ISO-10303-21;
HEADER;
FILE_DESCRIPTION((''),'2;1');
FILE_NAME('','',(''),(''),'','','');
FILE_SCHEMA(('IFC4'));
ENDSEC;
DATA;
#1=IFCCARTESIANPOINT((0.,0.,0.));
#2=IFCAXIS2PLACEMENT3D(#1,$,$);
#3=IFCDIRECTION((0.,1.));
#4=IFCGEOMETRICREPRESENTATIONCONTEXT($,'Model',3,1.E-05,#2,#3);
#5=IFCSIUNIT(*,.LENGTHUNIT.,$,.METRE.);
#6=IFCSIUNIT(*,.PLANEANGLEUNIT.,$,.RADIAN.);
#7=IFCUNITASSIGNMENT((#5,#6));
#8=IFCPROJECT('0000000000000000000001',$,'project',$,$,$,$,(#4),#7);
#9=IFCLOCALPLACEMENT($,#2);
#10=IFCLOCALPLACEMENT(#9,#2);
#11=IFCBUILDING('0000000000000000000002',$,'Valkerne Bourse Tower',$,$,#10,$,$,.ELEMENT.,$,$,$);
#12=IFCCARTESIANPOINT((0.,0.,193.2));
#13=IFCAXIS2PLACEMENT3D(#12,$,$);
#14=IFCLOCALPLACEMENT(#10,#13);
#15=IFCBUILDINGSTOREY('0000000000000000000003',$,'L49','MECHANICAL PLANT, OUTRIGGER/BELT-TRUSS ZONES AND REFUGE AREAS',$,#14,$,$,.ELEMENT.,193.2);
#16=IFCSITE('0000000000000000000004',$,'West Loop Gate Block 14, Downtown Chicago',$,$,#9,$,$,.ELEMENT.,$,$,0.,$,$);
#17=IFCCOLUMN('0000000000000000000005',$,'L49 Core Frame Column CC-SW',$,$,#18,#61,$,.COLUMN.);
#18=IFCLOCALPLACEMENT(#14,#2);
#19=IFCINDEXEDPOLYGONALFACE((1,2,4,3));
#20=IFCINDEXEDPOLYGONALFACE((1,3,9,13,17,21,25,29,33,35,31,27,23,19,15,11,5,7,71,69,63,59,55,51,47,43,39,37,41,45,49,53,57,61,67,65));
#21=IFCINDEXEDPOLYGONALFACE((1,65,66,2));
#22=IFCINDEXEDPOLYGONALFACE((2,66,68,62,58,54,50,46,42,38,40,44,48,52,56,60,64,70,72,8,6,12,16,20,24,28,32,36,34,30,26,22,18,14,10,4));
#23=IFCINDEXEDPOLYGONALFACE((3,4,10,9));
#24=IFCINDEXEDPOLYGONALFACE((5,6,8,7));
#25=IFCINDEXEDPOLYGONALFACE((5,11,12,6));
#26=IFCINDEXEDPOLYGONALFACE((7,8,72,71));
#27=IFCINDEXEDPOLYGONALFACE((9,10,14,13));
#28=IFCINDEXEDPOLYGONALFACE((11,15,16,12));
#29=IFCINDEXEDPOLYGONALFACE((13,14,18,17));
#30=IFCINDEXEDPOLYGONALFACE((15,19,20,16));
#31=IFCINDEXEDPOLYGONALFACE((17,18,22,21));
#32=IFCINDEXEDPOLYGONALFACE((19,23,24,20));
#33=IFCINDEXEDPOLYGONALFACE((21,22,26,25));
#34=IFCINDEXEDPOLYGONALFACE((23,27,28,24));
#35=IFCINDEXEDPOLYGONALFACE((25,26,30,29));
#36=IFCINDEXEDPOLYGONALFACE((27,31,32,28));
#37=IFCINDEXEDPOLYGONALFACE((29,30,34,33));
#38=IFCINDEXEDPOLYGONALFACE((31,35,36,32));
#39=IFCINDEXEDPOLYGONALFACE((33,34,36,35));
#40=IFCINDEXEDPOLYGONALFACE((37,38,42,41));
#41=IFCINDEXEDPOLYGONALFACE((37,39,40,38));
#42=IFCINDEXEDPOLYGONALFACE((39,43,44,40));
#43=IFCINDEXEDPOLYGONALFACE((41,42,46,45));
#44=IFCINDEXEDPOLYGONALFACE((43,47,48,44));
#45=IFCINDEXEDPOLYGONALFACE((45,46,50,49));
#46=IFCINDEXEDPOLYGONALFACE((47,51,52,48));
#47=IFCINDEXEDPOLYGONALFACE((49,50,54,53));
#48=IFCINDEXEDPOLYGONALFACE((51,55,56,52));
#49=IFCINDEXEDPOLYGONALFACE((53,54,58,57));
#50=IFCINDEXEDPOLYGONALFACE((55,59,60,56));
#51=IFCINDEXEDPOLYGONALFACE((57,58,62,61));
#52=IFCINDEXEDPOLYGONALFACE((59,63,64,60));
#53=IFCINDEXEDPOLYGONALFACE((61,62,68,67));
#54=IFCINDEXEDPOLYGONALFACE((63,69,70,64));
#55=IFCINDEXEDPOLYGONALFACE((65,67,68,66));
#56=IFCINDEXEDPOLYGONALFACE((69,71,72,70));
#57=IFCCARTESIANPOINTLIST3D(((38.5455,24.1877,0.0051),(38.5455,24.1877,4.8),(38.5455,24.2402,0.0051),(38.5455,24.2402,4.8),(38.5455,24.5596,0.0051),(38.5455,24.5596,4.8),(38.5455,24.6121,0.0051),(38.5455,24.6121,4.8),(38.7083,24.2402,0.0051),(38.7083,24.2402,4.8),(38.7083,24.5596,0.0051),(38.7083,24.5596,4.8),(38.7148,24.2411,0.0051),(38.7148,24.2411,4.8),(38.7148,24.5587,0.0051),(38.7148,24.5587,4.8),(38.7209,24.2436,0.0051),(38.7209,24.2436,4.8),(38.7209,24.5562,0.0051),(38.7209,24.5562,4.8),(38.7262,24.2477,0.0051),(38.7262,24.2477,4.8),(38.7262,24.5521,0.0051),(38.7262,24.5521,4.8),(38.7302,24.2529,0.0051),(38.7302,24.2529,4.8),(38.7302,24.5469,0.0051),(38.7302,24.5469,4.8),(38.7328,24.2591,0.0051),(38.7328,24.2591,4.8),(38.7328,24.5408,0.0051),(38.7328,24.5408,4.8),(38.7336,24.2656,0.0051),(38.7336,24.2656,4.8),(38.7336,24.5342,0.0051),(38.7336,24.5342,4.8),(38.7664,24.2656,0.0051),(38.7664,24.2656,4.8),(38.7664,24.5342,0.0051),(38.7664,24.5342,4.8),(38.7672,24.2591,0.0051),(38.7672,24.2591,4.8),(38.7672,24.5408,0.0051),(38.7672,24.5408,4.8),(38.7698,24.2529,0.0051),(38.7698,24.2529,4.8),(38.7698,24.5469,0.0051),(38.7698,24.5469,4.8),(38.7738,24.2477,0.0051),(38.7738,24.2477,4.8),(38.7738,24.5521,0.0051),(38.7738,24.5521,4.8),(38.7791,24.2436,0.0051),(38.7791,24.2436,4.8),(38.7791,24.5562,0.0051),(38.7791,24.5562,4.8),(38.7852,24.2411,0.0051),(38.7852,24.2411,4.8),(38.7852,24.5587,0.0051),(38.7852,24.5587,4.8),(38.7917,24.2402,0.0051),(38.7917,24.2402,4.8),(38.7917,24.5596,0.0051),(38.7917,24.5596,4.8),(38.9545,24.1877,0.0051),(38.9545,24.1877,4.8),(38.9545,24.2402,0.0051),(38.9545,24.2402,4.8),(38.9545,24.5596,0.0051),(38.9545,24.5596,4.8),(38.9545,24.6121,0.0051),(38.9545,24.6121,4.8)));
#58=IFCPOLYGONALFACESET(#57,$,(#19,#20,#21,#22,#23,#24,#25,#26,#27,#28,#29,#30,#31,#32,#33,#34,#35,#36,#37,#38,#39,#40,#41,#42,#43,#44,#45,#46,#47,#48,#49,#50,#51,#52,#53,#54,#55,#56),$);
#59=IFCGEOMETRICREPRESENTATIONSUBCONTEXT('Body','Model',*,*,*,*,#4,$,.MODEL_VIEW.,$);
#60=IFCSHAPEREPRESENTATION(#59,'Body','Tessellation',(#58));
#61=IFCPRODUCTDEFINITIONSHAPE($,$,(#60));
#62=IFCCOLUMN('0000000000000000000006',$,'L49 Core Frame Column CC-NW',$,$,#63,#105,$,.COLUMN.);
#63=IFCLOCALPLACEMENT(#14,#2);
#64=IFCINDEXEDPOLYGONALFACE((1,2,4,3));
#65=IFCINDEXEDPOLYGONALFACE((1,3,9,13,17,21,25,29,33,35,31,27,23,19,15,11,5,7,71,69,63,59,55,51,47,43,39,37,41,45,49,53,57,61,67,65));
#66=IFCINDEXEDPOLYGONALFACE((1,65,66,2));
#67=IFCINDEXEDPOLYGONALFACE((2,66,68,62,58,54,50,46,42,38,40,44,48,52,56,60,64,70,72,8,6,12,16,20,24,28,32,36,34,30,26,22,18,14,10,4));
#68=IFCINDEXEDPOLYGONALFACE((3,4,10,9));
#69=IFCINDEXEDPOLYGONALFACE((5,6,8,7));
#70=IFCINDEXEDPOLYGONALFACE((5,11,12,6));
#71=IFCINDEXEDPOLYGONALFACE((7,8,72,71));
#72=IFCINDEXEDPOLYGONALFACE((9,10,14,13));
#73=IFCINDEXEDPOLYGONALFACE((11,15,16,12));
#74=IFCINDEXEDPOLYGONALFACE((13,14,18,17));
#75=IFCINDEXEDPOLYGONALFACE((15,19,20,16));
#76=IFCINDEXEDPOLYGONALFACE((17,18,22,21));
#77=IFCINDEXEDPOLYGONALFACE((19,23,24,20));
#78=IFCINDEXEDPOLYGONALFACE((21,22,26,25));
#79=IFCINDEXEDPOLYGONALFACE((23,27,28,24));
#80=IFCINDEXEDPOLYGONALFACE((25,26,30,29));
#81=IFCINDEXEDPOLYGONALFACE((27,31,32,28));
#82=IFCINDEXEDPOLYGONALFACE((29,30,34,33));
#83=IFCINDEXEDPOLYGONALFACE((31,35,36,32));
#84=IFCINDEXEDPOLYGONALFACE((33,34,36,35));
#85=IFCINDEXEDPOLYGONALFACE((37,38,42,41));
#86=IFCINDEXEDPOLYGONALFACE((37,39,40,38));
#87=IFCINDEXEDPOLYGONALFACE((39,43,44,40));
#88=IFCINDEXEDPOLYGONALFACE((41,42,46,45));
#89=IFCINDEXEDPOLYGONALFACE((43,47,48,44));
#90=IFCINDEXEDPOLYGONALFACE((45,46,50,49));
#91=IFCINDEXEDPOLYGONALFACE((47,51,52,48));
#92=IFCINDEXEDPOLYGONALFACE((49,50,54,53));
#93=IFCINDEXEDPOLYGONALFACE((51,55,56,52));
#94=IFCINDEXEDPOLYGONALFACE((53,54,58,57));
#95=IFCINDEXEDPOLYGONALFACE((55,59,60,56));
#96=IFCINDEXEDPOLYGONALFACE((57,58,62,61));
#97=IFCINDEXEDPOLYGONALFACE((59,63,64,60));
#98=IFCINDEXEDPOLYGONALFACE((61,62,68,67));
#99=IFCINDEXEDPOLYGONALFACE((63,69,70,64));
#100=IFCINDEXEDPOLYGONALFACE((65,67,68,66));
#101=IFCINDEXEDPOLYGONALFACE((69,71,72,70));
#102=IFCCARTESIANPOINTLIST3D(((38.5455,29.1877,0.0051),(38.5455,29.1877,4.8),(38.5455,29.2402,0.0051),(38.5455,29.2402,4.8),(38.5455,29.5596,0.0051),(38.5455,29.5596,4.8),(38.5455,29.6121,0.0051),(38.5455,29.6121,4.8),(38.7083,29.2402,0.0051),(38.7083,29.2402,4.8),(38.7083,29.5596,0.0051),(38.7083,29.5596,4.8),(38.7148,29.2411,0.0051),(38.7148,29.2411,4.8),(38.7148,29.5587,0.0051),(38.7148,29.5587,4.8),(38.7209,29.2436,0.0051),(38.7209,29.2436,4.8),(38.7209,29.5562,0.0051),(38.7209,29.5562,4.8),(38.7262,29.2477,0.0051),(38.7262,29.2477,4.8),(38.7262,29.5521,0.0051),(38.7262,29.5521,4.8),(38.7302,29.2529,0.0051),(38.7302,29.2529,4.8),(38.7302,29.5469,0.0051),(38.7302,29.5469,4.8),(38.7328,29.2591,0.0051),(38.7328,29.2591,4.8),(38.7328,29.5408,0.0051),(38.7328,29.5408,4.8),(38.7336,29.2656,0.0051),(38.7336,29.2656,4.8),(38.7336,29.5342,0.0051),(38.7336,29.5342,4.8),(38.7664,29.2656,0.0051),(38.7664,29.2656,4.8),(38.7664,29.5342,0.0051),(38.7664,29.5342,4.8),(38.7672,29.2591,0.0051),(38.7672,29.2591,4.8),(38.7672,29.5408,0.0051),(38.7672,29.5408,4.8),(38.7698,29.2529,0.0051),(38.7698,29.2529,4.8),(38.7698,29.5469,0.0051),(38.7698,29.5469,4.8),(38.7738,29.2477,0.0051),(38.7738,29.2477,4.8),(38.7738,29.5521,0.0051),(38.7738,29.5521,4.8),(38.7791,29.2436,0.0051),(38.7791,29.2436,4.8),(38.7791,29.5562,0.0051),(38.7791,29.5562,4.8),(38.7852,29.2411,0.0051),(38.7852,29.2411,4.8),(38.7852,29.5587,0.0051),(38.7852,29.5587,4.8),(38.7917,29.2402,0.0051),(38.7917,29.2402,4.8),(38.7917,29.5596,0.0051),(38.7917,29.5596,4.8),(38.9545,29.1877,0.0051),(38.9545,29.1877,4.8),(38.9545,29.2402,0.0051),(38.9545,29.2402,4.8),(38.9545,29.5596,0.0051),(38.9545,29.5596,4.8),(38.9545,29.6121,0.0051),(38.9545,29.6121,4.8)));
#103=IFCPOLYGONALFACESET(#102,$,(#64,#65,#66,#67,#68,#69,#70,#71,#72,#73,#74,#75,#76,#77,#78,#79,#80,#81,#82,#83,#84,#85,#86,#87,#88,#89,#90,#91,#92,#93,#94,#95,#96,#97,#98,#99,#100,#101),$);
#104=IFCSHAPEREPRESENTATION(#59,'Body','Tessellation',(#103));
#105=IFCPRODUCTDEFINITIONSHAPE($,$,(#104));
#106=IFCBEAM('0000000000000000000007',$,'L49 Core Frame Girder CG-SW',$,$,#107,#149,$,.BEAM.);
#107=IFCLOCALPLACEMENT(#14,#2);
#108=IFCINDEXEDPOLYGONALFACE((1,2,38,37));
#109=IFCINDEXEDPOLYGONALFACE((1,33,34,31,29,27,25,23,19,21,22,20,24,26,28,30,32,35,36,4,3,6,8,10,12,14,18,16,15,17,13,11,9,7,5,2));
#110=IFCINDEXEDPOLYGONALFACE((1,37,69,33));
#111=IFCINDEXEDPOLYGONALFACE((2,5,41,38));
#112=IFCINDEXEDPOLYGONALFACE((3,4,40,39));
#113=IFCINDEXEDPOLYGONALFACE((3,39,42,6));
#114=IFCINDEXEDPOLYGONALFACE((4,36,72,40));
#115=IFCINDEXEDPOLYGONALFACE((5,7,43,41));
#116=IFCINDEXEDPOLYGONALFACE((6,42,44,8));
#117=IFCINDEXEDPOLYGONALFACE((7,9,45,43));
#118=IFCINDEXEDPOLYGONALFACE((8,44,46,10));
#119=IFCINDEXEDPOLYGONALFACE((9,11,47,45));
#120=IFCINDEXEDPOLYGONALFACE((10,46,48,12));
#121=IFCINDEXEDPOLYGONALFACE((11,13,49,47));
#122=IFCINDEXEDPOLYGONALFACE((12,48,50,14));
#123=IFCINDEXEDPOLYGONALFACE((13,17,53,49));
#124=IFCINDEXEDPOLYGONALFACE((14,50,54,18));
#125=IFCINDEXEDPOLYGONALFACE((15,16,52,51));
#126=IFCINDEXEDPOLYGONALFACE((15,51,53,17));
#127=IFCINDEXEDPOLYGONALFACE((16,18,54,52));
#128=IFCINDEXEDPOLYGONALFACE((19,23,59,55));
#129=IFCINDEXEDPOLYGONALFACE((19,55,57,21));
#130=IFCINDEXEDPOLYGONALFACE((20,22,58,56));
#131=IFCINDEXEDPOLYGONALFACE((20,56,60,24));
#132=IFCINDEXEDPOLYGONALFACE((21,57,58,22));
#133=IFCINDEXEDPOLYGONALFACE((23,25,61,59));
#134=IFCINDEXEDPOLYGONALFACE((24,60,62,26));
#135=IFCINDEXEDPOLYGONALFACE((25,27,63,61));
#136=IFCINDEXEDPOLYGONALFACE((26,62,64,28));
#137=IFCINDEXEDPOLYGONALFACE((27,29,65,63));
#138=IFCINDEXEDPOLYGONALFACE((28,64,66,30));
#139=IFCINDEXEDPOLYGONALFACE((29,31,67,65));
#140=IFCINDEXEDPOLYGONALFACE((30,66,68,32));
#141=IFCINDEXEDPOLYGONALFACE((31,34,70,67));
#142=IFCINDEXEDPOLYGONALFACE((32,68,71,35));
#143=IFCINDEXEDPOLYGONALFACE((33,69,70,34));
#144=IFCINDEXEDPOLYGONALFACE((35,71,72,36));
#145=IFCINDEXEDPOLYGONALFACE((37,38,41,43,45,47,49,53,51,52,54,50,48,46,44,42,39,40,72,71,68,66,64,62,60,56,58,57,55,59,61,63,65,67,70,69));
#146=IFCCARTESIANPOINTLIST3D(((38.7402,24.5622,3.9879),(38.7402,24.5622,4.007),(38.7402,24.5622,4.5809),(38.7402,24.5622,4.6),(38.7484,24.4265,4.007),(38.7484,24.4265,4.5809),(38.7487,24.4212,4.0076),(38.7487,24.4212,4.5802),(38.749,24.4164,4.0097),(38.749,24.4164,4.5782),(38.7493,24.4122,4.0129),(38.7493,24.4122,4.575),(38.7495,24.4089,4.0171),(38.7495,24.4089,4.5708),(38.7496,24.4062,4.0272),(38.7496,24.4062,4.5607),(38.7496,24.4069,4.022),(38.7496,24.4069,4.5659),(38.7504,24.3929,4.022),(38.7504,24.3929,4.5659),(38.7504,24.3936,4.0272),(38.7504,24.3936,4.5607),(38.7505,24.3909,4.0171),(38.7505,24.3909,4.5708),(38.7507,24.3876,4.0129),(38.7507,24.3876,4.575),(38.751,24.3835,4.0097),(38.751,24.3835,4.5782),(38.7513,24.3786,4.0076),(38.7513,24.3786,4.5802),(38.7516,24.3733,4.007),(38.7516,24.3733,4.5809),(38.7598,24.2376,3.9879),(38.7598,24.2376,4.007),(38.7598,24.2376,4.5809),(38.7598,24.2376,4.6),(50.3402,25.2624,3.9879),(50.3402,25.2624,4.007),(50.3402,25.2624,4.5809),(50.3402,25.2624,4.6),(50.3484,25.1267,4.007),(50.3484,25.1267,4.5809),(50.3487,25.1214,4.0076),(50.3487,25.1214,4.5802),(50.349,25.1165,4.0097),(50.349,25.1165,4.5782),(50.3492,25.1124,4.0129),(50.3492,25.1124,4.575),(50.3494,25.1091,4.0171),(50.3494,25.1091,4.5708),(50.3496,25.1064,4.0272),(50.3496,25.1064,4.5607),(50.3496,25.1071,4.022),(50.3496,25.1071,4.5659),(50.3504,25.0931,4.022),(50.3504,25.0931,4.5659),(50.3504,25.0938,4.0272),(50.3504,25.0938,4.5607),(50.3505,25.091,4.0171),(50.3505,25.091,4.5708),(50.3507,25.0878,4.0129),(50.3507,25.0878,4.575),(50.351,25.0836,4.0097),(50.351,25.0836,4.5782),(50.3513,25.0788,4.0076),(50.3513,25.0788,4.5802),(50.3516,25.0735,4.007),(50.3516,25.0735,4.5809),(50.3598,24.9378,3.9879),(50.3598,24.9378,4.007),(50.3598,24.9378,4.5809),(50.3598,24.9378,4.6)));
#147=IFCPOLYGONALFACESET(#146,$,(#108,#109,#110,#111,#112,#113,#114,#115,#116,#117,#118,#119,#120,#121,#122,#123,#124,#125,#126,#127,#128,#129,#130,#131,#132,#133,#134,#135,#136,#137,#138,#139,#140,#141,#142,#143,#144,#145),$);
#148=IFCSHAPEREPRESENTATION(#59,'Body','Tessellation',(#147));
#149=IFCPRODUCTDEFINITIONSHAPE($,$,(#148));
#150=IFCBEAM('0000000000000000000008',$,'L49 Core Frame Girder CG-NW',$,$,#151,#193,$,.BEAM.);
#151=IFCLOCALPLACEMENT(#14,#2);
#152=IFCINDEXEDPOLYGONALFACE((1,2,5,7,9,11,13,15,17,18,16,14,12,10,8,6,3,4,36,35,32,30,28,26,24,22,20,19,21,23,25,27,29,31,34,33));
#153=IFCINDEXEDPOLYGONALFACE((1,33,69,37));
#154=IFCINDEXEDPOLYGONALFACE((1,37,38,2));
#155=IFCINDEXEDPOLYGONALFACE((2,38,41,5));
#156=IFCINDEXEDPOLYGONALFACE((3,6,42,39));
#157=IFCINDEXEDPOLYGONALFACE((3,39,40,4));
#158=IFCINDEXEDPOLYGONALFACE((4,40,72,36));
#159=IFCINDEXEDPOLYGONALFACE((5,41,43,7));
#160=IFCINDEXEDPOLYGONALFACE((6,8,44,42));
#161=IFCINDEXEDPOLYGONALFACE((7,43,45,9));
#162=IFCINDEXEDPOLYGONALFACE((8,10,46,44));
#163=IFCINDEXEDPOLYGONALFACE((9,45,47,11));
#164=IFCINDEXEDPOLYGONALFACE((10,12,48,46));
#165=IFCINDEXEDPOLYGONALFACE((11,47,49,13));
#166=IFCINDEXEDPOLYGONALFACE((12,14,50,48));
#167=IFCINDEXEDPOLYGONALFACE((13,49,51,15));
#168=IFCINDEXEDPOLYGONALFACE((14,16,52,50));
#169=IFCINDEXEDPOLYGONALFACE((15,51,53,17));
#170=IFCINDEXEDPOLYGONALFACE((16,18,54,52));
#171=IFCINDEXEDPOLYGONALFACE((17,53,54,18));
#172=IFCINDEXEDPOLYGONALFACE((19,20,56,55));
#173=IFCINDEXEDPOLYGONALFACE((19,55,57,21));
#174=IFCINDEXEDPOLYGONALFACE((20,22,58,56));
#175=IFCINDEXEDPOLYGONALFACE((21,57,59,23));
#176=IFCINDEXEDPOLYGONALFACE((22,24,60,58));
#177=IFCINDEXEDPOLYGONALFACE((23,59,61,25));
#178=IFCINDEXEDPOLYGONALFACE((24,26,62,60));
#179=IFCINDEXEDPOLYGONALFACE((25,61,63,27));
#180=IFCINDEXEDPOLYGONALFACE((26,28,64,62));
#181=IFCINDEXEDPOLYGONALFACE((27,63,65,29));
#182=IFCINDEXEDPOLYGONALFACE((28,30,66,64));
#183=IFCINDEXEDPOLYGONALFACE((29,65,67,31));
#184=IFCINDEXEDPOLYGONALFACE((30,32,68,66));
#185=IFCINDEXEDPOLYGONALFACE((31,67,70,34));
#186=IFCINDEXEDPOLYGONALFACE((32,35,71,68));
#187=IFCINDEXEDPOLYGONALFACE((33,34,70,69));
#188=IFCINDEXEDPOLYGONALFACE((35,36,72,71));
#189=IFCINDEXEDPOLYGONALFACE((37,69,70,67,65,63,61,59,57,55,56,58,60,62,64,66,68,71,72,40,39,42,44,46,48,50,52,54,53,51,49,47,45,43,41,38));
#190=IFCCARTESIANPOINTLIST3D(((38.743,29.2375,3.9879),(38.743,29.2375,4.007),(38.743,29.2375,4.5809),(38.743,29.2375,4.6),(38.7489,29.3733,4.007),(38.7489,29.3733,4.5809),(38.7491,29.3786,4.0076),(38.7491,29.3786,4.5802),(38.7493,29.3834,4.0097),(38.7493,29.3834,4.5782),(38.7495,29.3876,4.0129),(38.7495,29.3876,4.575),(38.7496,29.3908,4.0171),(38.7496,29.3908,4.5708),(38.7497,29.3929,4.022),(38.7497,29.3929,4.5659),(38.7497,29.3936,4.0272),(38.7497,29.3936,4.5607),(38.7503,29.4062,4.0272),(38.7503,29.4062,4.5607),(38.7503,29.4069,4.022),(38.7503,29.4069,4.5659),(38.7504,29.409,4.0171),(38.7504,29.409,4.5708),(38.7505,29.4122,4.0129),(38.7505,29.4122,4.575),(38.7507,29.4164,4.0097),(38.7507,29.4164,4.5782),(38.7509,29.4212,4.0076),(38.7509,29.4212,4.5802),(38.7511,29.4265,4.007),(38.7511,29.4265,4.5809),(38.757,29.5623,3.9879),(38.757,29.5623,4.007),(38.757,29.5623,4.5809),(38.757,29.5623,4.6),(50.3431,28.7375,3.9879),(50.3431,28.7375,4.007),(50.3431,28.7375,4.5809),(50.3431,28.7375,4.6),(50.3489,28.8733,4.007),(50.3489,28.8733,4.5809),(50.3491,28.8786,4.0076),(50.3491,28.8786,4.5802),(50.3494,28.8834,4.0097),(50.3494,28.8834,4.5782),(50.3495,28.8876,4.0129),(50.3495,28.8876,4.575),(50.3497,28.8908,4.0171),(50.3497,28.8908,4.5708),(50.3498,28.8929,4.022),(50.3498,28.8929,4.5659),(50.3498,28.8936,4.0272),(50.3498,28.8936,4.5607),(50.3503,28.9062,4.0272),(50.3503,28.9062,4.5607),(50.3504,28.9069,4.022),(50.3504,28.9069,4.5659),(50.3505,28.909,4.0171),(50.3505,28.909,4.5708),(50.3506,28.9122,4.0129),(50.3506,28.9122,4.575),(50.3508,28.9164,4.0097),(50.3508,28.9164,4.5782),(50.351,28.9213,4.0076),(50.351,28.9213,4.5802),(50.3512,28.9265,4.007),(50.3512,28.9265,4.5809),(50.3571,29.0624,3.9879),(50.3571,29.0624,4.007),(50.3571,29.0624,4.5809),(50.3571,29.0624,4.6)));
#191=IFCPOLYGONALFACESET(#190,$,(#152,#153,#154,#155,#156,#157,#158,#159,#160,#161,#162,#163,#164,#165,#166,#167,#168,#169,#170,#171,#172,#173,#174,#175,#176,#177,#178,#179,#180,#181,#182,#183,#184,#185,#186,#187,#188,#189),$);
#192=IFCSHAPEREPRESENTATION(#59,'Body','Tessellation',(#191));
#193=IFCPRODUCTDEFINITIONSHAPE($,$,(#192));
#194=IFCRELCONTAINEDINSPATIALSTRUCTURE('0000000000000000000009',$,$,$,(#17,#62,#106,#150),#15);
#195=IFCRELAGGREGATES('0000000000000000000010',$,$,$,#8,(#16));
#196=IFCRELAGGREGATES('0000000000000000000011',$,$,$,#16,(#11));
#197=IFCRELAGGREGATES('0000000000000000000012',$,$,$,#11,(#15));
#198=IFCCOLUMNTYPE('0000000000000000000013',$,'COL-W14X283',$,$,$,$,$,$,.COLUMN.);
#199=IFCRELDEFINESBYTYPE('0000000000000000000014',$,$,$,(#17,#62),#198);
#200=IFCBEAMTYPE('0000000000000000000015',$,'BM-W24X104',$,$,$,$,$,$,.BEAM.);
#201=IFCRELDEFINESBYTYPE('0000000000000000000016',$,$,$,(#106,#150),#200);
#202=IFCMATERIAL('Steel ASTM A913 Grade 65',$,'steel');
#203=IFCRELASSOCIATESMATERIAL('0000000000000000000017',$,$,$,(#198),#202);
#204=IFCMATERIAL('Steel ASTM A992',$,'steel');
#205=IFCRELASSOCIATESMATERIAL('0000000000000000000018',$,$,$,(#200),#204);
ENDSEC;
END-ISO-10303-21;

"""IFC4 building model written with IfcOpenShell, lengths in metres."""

from ifc_helpers import new_model, si_unit, direction, frame, origin, origin_2d, place, context, subcontext, project, spatial, i_section, extrude, material, material_profile, profile_set, type_object, element, save


model = new_model("IFC4")

# Units and contexts
model_context = context("Model", 3, precision=1e-05, world=origin(), true_north=direction((0.0, 1.0)))
body_context = subcontext(model_context, "Body", "Model", "MODEL_VIEW")
ifc_project = project(units=[si_unit("LENGTHUNIT", "METRE"), si_unit("PLANEANGLEUNIT", "RADIAN")], contexts=[model_context])

# Site, building, storey
site_placement = place(None, origin())
site = spatial("IfcSite", under=ifc_project, at=site_placement, Name="West Loop Gate Block 14, Downtown Chicago", CompositionType="ELEMENT", RefElevation=0.0)
building_placement = place(site_placement, origin())
building = spatial("IfcBuilding", under=site, at=building_placement, Name="Valkerne Bourse Tower", CompositionType="ELEMENT")
storey_placement = place(building_placement, frame((0.0, 0.0, 193.2)))
storey = spatial("IfcBuildingStorey", under=building, at=storey_placement, Name="L49", Description="MECHANICAL PLANT, OUTRIGGER/BELT-TRUSS ZONES AND REFUGE AREAS", CompositionType="ELEMENT", Elevation=193.2)

# Columns
ifc_material_1 = material(Name="Steel ASTM A913 Grade 65", Category="steel")
ifc_material_profile_1 = material_profile(ifc_material_1, i_section(OverallWidth=0.4089, OverallDepth=0.4243, WebThickness=0.0327, FlangeThickness=0.0525, FilletRadius=0.0254, at=origin_2d()), Name="W14X283")
ifc_profile_set_1 = profile_set([ifc_material_profile_1], Name="Steel ASTM A913 Grade 65")
column_type = type_object("IfcColumnType", Name="COL-W14X283", PredefinedType="COLUMN", material=ifc_profile_set_1)
for number, where, z_axis, x_axis, name in (
    (1, (38.75, 24.3999, 0.0051), (0.0, 0.0, 1.0), (1.0, 0.0, 0.0), "L49 Core Frame Column CC-SW"),
    (2, (38.75, 29.3999, 0.0051), (0.0, 0.0, 1.0), (1.0, 0.0, 0.0), "L49 Core Frame Column CC-NW"),
):
    element("IfcColumn", number, at=place(storey_placement, frame(where, z_axis=z_axis, x_axis=x_axis)), inside=storey, type_object=column_type, Name=name, PredefinedType="COLUMN", context=body_context, shape_type="SweptSolid", body=[
        extrude(i_section(OverallWidth=0.4089, OverallDepth=0.4243, WebThickness=0.0327, FlangeThickness=0.0525, FilletRadius=0.0254, at=origin_2d()), origin(), (0.0, 0.0, 1.0), 4.7949),
    ])

# Beams
ifc_material_2 = material(Name="Steel ASTM A992", Category="steel")
ifc_material_profile_2 = material_profile(ifc_material_2, i_section(OverallWidth=0.3252, OverallDepth=0.6121, WebThickness=0.0127, FlangeThickness=0.019, FilletRadius=0.0203, at=origin_2d()), Name="W24X104")
ifc_profile_set_2 = profile_set([ifc_material_profile_2], Name="Steel ASTM A992")
beam_type = type_object("IfcBeamType", Name="BM-W24X104", PredefinedType="BEAM", material=ifc_profile_set_2)
beam_1_placement = place(storey_placement, frame((38.75, 24.3999, 4.2939), z_axis=(0.998183, 0.060251, 0.0), x_axis=(-0.060251, 0.998183, 0.0)))
element("IfcBeam", 3, at=beam_1_placement, inside=storey, type_object=beam_type, Name="L49 Core Frame Girder CG-SW", PredefinedType="BEAM", context=body_context, shape_type="SweptSolid", body=[
    extrude(i_section(OverallWidth=0.3252, OverallDepth=0.6121, WebThickness=0.0127, FlangeThickness=0.019, FilletRadius=0.0203, at=origin_2d()), origin(), (0.0, 0.0, 1.0), 11.6211),
])
beam_2_placement = place(storey_placement, frame((38.75, 29.3999, 4.2939), z_axis=(0.999072, -0.043063, 0.0), x_axis=(0.043063, 0.999072, 0.0)))
element("IfcBeam", 4, at=beam_2_placement, inside=storey, type_object=beam_type, Name="L49 Core Frame Girder CG-NW", PredefinedType="BEAM", context=body_context, shape_type="SweptSolid", body=[
    extrude(i_section(OverallWidth=0.3252, OverallDepth=0.6121, WebThickness=0.0127, FlangeThickness=0.019, FilletRadius=0.0203, at=origin_2d()), origin(), (0.0, 0.0, 1.0), 11.6108),
])

save(model, "model.ifc")
